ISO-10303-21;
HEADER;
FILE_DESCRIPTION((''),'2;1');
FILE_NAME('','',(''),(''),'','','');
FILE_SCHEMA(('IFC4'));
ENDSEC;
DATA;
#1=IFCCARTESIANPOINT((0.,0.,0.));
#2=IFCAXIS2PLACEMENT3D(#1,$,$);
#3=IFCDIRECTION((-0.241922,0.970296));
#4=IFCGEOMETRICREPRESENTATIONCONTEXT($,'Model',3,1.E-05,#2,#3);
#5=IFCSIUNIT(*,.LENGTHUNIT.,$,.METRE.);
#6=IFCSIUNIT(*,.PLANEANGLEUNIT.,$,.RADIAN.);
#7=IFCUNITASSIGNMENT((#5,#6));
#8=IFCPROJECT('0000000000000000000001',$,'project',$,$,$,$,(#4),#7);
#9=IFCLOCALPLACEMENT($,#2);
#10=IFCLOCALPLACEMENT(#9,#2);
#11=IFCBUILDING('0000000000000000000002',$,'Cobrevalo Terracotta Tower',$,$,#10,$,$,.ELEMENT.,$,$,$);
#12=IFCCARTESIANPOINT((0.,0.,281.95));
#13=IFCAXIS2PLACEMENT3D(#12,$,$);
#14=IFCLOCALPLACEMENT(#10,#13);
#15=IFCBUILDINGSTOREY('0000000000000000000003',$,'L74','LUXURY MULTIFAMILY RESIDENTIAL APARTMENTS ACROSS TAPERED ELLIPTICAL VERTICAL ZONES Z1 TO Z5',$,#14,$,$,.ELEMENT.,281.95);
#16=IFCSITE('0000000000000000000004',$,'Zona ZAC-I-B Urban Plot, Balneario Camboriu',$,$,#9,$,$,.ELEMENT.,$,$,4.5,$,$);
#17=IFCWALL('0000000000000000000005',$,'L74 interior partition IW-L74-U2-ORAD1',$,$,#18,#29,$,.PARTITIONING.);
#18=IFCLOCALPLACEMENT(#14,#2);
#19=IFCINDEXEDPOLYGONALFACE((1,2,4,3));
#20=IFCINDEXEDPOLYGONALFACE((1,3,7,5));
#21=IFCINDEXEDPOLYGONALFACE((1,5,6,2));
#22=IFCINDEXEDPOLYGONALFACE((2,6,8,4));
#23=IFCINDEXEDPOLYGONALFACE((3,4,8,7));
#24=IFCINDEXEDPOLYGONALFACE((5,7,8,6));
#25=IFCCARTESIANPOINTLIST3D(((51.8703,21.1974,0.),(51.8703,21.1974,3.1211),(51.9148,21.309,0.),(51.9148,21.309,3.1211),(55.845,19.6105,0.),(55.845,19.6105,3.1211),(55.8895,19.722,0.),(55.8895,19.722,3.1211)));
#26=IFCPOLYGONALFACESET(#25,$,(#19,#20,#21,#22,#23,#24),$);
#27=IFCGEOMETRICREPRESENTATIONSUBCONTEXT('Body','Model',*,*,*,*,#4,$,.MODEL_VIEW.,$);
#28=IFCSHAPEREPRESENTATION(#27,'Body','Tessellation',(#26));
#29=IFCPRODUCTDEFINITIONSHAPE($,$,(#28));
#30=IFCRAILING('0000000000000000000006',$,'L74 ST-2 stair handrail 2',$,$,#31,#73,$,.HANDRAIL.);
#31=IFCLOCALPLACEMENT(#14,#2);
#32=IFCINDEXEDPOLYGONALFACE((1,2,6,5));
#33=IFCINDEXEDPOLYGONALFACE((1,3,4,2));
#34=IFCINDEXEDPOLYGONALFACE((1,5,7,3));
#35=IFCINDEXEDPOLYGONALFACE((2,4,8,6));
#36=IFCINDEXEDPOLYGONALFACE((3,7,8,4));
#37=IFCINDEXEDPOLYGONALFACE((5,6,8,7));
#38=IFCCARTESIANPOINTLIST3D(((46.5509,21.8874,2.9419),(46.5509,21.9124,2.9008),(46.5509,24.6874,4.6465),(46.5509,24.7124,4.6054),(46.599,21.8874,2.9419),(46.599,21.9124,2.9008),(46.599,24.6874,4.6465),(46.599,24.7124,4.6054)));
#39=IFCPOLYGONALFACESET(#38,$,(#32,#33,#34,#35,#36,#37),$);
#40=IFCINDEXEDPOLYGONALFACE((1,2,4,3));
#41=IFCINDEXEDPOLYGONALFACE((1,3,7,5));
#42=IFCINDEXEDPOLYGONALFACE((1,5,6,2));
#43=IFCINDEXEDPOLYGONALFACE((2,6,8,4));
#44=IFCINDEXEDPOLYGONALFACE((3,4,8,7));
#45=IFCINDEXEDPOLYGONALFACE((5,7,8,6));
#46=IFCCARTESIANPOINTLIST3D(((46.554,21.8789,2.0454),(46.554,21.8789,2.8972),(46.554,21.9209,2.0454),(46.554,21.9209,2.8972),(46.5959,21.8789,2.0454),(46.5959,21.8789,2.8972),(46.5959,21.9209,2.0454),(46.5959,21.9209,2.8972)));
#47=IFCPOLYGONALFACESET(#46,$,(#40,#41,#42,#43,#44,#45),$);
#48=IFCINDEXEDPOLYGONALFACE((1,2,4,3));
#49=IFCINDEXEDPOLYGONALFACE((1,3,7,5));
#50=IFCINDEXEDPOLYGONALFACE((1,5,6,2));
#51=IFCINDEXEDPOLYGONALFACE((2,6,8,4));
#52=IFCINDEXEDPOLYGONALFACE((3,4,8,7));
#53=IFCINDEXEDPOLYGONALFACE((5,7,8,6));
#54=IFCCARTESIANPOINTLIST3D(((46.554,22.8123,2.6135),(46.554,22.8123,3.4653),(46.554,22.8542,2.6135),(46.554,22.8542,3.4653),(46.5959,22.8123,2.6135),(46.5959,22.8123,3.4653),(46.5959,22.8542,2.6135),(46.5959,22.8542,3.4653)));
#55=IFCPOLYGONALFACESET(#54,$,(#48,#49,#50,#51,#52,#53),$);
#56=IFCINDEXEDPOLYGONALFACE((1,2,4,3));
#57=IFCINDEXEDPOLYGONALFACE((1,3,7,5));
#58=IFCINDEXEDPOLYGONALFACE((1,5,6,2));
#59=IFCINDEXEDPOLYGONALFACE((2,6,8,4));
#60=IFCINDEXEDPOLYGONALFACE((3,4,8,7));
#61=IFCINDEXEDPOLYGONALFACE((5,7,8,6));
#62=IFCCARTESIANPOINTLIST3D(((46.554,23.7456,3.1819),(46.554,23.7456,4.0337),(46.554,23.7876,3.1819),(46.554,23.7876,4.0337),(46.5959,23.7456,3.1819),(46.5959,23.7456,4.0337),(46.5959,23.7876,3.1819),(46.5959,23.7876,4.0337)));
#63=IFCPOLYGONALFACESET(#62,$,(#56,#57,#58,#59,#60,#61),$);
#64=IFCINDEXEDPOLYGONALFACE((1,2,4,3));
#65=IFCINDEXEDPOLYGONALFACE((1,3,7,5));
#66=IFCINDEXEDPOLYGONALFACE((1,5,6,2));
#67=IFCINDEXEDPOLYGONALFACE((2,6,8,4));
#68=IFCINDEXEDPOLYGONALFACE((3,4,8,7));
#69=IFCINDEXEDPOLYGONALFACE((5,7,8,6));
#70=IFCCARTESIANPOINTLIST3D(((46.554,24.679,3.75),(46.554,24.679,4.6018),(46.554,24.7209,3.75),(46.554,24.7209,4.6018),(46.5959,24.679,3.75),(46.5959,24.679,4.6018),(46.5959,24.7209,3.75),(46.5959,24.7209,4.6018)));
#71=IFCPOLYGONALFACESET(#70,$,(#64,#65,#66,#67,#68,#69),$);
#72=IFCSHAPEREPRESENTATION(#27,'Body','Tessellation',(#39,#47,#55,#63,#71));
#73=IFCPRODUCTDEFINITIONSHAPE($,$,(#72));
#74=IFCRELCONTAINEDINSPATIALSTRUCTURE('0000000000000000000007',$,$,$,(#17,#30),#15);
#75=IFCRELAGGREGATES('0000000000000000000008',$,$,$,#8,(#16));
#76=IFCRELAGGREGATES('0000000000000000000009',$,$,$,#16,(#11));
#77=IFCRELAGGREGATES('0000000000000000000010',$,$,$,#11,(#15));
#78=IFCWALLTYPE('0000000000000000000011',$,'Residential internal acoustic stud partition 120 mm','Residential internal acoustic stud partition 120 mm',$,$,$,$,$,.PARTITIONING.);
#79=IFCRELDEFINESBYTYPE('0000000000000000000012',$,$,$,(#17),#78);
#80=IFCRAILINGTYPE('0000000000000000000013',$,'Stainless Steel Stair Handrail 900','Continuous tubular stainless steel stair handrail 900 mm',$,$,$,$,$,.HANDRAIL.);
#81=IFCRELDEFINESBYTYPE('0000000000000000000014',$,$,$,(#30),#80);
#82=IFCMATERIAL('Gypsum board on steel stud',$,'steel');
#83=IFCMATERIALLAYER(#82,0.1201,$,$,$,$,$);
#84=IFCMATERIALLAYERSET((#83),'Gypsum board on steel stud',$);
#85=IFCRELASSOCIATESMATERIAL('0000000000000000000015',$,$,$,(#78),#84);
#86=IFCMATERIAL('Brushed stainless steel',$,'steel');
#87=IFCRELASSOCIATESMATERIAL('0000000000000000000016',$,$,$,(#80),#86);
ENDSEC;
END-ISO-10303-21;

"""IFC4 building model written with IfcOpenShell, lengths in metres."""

from ifc_helpers import new_model, si_unit, direction, frame, frame_2d, origin, origin_2d, place, context, subcontext, project, spatial, rectangle, extrude, material, layer, layer_set, type_object, element, save


model = new_model("IFC4")

# Units and contexts
model_context = context("Model", 3, precision=1e-05, world=origin(), true_north=direction((-0.241922, 0.970296)))
body_context = subcontext(model_context, "Body", "Model", "MODEL_VIEW")
ifc_project = project(units=[si_unit("LENGTHUNIT", "METRE"), si_unit("PLANEANGLEUNIT", "RADIAN")], contexts=[model_context])

# Site, building, storey
site_placement = place(None, origin())
site = spatial("IfcSite", under=ifc_project, at=site_placement, Name="Zona ZAC-I-B Urban Plot, Balneario Camboriu", CompositionType="ELEMENT", RefElevation=4.5)
building_placement = place(site_placement, origin())
building = spatial("IfcBuilding", under=site, at=building_placement, Name="Cobrevalo Terracotta Tower", CompositionType="ELEMENT")
storey_placement = place(building_placement, frame((0.0, 0.0, 281.95)))
storey = spatial("IfcBuildingStorey", under=building, at=storey_placement, Name="L74", Description="LUXURY MULTIFAMILY RESIDENTIAL APARTMENTS ACROSS TAPERED ELLIPTICAL VERTICAL ZONES Z1 TO Z5", CompositionType="ELEMENT", Elevation=281.95)

# Wall
ifc_material_1 = material(Name="Gypsum board on steel stud", Category="steel")
ifc_layer_1 = layer(ifc_material_1, 0.1201)
ifc_layer_set_1 = layer_set([ifc_layer_1], Name="Gypsum board on steel stud")
wall_type_1 = type_object("IfcWallType", Name="Residential internal acoustic stud partition 120 mm", Description="Residential internal acoustic stud partition 120 mm", PredefinedType="PARTITIONING", material=ifc_layer_set_1)
wall_1_placement = place(storey_placement, frame((51.8926, 21.2532, 0.0), z_axis=(0.0, 0.0, 1.0), x_axis=(0.928713, -0.3708, 0.0)))
element("IfcWall", 1, at=wall_1_placement, inside=storey, type_object=wall_type_1, Name="L74 interior partition IW-L74-U2-ORAD1", PredefinedType="PARTITIONING", context=body_context, shape_type="SweptSolid", body=[
    extrude(rectangle(XDim=4.2798, YDim=0.1201, at=frame_2d((2.1399, 0.0))), origin(), (0.0, 0.0, 1.0), 3.1211),
])

# Railing
ifc_material_2 = material(Name="Brushed stainless steel", Category="steel")
railing_type = type_object("IfcRailingType", Name="Stainless Steel Stair Handrail 900", Description="Continuous tubular stainless steel stair handrail 900 mm", PredefinedType="HANDRAIL", material=ifc_material_2)
railing_placement = place(storey_placement, frame((46.575, 21.8999, 2.0454)))
element("IfcRailing", 2, at=railing_placement, inside=storey, type_object=railing_type, Name="L74 ST-2 stair handrail 2", PredefinedType="HANDRAIL", context=body_context, shape_type="SweptSolid", body=[
    extrude(rectangle(XDim=0.0481, YDim=0.0481, at=origin_2d()), frame((0.0, 0.0, 0.876), z_axis=(0.0, 0.85417, 0.519994), x_axis=(-1.0, 0.0, 0.0)), (0.0, 0.0, 1.0), 3.2781),
    extrude(rectangle(XDim=0.042, YDim=0.042, at=origin_2d()), origin(), (0.0, 0.0, 1.0), 0.8518),
    extrude(rectangle(XDim=0.042, YDim=0.042, at=origin_2d()), frame((0.0, 0.9333, 0.5681)), (0.0, 0.0, 1.0), 0.8518),
    extrude(rectangle(XDim=0.042, YDim=0.042, at=origin_2d()), frame((0.0, 1.8667, 1.1365)), (0.0, 0.0, 1.0), 0.8518),
    extrude(rectangle(XDim=0.042, YDim=0.042, at=origin_2d()), frame((0.0, 2.8, 1.7046)), (0.0, 0.0, 1.0), 0.8518),
])

save(model, "model.ifc")
